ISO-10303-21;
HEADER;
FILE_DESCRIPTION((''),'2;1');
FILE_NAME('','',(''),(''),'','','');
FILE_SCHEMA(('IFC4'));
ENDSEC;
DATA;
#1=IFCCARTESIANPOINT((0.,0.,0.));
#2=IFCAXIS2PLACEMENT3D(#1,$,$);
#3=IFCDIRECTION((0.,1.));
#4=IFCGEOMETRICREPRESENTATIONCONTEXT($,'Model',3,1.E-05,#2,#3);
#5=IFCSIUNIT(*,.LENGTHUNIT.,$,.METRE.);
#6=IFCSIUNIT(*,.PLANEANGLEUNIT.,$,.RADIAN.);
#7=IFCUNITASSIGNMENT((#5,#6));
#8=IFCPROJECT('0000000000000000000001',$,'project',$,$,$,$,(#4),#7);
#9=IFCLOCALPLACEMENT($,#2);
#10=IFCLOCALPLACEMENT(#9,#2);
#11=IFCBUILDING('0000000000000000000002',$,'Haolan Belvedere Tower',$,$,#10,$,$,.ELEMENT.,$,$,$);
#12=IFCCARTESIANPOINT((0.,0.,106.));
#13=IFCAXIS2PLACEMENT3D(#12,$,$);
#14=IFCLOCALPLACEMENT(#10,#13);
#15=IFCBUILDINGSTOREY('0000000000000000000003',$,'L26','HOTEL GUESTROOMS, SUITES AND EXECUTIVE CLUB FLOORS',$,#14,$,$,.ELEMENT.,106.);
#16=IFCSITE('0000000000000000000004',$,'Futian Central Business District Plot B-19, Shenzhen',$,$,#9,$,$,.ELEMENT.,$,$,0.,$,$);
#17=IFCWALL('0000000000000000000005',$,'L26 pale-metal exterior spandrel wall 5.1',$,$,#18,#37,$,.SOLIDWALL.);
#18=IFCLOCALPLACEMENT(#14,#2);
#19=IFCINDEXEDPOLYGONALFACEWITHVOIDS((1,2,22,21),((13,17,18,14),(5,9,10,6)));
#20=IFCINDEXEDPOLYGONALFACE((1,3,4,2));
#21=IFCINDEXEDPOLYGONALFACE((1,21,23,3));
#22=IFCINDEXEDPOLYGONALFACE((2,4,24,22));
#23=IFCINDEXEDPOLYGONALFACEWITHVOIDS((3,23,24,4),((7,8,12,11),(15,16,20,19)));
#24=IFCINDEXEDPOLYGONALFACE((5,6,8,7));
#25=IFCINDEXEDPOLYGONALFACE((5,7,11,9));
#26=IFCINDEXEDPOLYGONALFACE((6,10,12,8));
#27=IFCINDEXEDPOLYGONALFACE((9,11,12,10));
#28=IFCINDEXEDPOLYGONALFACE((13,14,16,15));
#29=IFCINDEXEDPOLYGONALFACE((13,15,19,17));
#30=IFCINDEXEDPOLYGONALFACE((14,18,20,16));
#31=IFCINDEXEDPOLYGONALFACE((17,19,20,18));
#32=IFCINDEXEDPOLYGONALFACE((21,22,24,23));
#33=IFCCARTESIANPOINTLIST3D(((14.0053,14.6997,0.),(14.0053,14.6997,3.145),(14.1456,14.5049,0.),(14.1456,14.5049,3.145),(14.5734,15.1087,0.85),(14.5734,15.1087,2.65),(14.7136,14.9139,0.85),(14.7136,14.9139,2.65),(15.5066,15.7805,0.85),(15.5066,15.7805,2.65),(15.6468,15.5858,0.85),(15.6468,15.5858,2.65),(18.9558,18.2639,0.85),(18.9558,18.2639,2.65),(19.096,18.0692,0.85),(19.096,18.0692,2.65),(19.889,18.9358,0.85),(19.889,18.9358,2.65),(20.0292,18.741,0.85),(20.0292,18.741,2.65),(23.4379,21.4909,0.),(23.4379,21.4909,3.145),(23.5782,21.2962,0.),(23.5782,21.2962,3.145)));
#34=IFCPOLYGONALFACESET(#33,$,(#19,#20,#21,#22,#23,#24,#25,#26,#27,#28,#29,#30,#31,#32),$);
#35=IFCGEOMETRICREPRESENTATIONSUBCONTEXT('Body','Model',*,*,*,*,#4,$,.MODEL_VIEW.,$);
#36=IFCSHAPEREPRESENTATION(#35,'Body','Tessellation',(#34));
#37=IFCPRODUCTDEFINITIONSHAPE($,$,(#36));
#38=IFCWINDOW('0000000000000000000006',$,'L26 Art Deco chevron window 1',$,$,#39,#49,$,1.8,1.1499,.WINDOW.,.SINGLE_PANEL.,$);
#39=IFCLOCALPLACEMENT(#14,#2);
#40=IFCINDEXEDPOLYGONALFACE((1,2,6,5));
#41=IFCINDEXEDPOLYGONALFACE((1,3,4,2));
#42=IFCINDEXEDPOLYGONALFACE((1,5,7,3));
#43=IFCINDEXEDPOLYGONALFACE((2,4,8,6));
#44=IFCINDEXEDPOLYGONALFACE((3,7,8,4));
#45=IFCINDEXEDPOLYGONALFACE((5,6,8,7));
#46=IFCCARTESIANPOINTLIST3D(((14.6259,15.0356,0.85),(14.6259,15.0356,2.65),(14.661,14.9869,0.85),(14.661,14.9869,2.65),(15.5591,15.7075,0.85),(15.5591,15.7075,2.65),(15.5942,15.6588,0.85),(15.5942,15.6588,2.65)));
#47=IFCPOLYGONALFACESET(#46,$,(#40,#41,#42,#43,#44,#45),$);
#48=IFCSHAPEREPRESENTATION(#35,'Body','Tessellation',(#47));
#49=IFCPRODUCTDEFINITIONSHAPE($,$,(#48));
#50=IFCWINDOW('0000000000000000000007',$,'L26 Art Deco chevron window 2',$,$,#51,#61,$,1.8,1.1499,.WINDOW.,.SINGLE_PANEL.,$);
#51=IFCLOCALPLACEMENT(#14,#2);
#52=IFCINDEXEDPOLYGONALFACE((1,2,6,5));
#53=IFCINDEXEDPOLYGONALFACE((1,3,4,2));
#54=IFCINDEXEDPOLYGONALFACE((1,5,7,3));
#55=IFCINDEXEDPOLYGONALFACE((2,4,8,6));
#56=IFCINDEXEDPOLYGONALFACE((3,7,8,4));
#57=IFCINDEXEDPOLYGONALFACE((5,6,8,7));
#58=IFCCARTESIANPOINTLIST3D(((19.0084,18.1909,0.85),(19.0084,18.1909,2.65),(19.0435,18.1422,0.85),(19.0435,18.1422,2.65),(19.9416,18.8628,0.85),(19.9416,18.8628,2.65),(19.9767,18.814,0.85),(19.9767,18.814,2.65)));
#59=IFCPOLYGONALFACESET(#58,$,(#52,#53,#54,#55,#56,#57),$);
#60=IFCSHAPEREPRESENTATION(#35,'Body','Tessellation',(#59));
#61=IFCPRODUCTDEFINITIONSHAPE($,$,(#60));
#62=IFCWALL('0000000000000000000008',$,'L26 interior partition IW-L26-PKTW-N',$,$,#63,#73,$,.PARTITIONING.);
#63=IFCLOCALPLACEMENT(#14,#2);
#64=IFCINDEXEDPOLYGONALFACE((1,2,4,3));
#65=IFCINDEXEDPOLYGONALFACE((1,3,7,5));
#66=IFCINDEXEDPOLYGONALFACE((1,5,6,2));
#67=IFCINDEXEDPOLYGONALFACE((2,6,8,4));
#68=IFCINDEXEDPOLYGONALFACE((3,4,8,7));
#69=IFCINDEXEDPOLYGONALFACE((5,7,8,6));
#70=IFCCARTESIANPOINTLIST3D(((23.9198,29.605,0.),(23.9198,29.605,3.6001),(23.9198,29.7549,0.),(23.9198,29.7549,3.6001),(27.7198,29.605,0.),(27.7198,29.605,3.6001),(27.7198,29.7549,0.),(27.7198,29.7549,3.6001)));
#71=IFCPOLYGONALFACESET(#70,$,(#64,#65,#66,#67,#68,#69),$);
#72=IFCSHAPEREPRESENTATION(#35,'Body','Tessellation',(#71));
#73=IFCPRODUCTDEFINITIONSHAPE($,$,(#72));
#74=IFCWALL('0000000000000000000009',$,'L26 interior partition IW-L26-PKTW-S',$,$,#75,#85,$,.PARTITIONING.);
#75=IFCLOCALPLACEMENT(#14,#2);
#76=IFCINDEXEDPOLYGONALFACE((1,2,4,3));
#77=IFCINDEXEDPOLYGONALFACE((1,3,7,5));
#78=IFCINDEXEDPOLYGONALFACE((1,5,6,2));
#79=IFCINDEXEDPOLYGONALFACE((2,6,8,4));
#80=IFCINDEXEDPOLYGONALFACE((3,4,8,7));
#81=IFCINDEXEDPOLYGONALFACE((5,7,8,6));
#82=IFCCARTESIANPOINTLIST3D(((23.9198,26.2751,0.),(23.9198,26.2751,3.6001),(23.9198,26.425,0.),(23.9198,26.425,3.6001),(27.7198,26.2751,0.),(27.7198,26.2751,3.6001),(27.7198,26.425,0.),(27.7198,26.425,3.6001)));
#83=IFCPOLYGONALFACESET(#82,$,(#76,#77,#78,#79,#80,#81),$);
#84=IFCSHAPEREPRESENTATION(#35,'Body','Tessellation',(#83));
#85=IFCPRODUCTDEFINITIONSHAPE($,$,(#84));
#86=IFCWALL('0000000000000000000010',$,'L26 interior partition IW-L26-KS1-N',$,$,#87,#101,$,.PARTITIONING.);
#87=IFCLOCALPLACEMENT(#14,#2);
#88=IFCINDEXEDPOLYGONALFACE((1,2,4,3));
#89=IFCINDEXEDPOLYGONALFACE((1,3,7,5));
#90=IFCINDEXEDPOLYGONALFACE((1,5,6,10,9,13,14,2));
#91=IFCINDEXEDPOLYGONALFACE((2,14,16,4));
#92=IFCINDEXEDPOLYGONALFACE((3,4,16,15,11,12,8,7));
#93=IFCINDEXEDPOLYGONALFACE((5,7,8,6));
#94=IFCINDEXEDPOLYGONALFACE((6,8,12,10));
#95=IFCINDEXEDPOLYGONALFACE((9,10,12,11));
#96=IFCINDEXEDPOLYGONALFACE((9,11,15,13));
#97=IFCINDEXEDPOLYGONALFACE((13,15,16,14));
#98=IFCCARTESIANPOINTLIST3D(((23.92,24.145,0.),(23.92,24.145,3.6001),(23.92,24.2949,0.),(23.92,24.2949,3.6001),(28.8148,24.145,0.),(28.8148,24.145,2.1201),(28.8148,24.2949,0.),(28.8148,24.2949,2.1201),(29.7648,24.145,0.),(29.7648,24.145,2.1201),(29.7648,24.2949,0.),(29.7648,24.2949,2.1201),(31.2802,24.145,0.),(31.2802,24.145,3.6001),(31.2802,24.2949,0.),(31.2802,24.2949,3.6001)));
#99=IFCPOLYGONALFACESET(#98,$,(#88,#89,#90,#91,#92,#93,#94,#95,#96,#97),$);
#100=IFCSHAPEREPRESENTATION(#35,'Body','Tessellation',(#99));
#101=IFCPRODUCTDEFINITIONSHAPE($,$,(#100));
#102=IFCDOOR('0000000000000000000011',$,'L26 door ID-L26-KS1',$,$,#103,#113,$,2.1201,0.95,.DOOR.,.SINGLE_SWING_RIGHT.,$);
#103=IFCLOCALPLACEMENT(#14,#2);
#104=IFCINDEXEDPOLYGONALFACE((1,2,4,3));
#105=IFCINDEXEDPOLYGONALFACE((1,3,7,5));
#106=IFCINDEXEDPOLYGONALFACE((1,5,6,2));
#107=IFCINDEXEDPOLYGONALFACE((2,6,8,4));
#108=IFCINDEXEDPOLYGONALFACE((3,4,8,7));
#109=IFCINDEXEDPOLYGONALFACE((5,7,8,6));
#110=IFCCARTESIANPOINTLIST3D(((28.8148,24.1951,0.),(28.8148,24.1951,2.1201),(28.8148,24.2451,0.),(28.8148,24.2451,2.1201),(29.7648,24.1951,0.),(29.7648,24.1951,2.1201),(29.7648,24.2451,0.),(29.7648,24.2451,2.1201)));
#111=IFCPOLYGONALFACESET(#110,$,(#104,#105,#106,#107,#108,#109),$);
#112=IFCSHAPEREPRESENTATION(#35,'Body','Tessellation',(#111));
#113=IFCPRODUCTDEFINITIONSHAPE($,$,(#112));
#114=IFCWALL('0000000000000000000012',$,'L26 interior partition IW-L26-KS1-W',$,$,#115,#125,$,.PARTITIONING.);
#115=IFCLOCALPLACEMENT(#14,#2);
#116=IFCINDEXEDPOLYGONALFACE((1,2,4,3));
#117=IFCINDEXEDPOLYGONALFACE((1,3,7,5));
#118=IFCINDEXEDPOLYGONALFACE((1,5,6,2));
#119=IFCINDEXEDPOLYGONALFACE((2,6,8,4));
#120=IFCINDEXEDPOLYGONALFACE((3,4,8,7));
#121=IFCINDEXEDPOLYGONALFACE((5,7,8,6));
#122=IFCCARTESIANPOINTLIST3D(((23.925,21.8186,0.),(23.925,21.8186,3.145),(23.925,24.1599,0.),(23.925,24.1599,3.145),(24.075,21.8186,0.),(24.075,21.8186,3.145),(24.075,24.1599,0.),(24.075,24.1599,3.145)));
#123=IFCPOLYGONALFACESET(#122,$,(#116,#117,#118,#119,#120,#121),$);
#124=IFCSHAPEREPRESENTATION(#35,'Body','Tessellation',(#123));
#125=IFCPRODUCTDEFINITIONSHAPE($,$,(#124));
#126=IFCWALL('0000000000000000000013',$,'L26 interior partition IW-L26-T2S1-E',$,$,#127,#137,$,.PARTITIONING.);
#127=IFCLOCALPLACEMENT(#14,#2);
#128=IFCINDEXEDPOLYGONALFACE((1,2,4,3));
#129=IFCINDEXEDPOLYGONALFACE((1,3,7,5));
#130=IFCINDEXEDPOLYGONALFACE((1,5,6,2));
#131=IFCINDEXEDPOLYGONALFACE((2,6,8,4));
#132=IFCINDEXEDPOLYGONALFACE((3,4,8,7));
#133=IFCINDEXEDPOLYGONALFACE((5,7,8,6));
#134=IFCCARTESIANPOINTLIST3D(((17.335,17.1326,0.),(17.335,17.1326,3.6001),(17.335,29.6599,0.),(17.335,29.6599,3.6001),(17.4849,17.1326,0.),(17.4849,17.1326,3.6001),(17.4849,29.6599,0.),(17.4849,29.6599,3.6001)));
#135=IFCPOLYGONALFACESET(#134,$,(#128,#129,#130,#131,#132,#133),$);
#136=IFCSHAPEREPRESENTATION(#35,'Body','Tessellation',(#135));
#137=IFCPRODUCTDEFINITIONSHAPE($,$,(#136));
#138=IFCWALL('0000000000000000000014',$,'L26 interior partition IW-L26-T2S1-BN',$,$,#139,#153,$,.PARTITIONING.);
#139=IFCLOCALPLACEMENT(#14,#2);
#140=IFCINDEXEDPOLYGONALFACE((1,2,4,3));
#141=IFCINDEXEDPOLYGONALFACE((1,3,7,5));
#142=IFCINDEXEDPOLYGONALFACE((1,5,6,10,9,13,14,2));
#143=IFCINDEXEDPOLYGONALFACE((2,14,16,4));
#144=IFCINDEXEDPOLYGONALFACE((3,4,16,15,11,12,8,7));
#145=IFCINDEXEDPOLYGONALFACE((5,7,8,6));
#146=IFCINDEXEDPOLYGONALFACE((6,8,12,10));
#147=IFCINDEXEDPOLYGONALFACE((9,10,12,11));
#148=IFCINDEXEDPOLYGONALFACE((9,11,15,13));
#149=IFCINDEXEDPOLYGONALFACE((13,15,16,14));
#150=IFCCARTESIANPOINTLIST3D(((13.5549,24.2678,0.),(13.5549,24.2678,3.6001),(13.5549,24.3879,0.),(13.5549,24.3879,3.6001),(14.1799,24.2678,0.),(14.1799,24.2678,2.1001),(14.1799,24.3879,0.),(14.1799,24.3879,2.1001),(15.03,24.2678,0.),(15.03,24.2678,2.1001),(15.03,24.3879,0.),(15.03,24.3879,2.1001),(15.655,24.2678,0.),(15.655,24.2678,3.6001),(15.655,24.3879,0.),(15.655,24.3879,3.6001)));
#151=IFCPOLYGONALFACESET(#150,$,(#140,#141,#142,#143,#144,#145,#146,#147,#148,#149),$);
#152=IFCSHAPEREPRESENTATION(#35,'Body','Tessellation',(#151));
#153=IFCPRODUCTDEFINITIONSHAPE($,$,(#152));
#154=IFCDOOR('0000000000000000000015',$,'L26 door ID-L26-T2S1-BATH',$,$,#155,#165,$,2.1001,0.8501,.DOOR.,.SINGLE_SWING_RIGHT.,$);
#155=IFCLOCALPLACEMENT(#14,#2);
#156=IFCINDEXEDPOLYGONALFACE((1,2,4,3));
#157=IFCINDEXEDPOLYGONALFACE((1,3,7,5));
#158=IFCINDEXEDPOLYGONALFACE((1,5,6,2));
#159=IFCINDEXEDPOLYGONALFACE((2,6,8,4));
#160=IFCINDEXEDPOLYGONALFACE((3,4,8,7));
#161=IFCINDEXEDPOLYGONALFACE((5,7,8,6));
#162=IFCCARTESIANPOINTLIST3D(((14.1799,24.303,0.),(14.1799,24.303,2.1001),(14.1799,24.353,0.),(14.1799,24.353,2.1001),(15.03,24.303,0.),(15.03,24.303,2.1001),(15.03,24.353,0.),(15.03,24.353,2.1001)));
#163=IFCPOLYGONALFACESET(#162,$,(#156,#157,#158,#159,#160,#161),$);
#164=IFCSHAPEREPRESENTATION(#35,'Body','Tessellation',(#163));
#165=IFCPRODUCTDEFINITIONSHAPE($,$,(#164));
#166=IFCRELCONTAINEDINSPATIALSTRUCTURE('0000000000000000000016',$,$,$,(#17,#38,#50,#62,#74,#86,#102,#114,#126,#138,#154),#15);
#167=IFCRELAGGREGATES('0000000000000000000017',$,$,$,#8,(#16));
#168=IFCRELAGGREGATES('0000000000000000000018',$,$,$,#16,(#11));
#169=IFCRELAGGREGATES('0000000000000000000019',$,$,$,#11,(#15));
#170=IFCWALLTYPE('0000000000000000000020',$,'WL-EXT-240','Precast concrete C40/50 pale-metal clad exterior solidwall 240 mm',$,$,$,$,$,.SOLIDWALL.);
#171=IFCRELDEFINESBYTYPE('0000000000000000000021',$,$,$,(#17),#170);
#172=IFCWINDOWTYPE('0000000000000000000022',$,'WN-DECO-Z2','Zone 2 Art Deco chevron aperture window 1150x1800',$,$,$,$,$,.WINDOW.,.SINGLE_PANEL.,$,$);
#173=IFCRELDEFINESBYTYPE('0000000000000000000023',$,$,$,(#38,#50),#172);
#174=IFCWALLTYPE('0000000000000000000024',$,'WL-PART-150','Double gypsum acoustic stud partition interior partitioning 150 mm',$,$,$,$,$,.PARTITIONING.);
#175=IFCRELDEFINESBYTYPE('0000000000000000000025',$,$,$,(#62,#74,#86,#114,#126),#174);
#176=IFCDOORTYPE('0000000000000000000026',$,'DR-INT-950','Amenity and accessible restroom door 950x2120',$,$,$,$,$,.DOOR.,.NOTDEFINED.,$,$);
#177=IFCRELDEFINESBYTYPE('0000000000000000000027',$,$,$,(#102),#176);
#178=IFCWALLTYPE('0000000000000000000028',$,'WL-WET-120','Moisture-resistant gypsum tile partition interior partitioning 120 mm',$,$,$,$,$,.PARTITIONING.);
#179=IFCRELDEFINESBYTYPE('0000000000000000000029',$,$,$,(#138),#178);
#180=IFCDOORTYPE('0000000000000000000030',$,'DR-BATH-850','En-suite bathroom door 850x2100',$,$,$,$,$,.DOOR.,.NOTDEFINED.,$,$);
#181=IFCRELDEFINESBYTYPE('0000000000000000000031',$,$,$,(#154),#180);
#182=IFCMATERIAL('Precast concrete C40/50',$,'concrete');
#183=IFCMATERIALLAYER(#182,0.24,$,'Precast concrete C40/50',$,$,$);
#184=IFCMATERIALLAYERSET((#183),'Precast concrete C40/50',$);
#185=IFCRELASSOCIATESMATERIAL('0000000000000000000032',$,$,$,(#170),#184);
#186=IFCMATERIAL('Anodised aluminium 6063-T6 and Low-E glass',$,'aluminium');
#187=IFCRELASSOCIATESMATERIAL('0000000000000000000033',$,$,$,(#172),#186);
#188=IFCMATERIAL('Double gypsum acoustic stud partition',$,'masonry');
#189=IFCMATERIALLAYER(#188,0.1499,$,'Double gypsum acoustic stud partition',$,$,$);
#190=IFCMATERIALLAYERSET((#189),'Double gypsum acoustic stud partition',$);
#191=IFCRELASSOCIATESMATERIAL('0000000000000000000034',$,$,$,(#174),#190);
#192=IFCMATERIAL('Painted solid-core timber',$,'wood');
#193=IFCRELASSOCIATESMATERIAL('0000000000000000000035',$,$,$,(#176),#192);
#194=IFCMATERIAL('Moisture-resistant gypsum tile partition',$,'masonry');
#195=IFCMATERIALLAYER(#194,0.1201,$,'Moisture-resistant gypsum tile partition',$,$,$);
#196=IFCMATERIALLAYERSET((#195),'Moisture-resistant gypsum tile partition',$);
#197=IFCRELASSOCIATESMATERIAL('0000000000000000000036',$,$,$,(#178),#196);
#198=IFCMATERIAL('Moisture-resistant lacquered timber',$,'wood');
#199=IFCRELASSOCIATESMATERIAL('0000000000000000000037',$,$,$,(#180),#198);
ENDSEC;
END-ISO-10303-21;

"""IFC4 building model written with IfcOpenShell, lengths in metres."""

from ifc_helpers import new_model, si_unit, direction, frame, frame_2d, origin, place, context, subcontext, project, spatial, rectangle, extrude, material, layer, layer_set, type_object, element, fill, save


model = new_model("IFC4")

# Units and contexts
model_context = context("Model", 3, precision=1e-05, world=origin(), true_north=direction((0.0, 1.0)))
body_context = subcontext(model_context, "Body", "Model", "MODEL_VIEW")
ifc_project = project(units=[si_unit("LENGTHUNIT", "METRE"), si_unit("PLANEANGLEUNIT", "RADIAN")], contexts=[model_context])

# Site, building, storey
site_placement = place(None, origin())
site = spatial("IfcSite", under=ifc_project, at=site_placement, Name="Futian Central Business District Plot B-19, Shenzhen", CompositionType="ELEMENT", RefElevation=0.0)
building_placement = place(site_placement, origin())
building = spatial("IfcBuilding", under=site, at=building_placement, Name="Haolan Belvedere Tower", CompositionType="ELEMENT")
storey_placement = place(building_placement, frame((0.0, 0.0, 106.0)))
storey = spatial("IfcBuildingStorey", under=building, at=storey_placement, Name="L26", Description="HOTEL GUESTROOMS, SUITES AND EXECUTIVE CLUB FLOORS", CompositionType="ELEMENT", Elevation=106.0)

# Shared definitions
ifc_material_1 = material(Name="Precast concrete C40/50", Category="concrete")
ifc_layer_1 = layer(ifc_material_1, 0.24, Name="Precast concrete C40/50")
ifc_layer_set_1 = layer_set([ifc_layer_1], Name="Precast concrete C40/50")
wall_type_1 = type_object("IfcWallType", Name="WL-EXT-240", Description="Precast concrete C40/50 pale-metal clad exterior solidwall 240 mm", PredefinedType="SOLIDWALL", material=ifc_layer_set_1)

# Wall, openings, windows
wall_1_placement = place(storey_placement, frame((14.0754, 14.6023, 0.0), z_axis=(0.0, 0.0, 1.0), x_axis=(0.811544, 0.584292, 0.0)))
wall_1 = element("IfcWall", 1, at=wall_1_placement, inside=storey, type_object=wall_type_1, Name="L26 pale-metal exterior spandrel wall 5.1", PredefinedType="SOLIDWALL", context=body_context, shape_type="SweptSolid", body=[
    extrude(rectangle(XDim=11.623, YDim=0.24, at=frame_2d((5.8115, 0.0))), origin(), (0.0, 0.0, 1.0), 3.145),
])
opening_1_placement = place(wall_1_placement, frame((0.7, 0.0, 0.8501)))
opening_1 = element("IfcOpeningElement", 2, at=opening_1_placement, cuts=wall_1, PredefinedType="OPENING", context=body_context, shape_type="SweptSolid", body=[
    extrude(rectangle(XDim=1.1499, YDim=1.8, at=frame_2d((0.575, 0.8999))), frame((0.0, 0.1299, 0.0), z_axis=(0.0, -1.0, 0.0), x_axis=(1.0, 0.0, 0.0)), (0.0, 0.0, 1.0), 0.26),
])
opening_2_placement = place(wall_1_placement, frame((6.1001, 0.0, 0.8501)))
opening_2 = element("IfcOpeningElement", 3, at=opening_2_placement, cuts=wall_1, PredefinedType="OPENING", context=body_context, shape_type="SweptSolid", body=[
    extrude(rectangle(XDim=1.1499, YDim=1.8, at=frame_2d((0.575, 0.8999))), frame((0.0, 0.1299, 0.0), z_axis=(0.0, -1.0, 0.0), x_axis=(1.0, 0.0, 0.0)), (0.0, 0.0, 1.0), 0.26),
])
ifc_material_2 = material(Name="Anodised aluminium 6063-T6 and Low-E glass", Category="aluminium")
window_type = type_object("IfcWindowType", Name="WN-DECO-Z2", Description="Zone 2 Art Deco chevron aperture window 1150x1800", PartitioningType="SINGLE_PANEL", PredefinedType="WINDOW", material=ifc_material_2)
window_1_placement = place(opening_1_placement, origin())
window_1 = element("IfcWindow", 4, at=window_1_placement, inside=storey, type_object=window_type, Name="L26 Art Deco chevron window 1", OverallHeight=1.8, OverallWidth=1.1499, PartitioningType="SINGLE_PANEL", PredefinedType="WINDOW", context=body_context, shape_type="SweptSolid", body=[
    extrude(rectangle(XDim=1.1499, YDim=1.8, at=frame_2d((0.575, 0.8999))), frame((0.0, 0.03, 0.0), z_axis=(0.0, -1.0, 0.0), x_axis=(1.0, 0.0, 0.0)), (0.0, 0.0, 1.0), 0.0601),
])
fill(opening_1, window_1)
window_2_placement = place(opening_2_placement, origin())
window_2 = element("IfcWindow", 5, at=window_2_placement, inside=storey, type_object=window_type, Name="L26 Art Deco chevron window 2", OverallHeight=1.8, OverallWidth=1.1499, PartitioningType="SINGLE_PANEL", PredefinedType="WINDOW", context=body_context, shape_type="SweptSolid", body=[
    extrude(rectangle(XDim=1.1499, YDim=1.8, at=frame_2d((0.575, 0.8999))), frame((0.0, 0.03, 0.0), z_axis=(0.0, -1.0, 0.0), x_axis=(1.0, 0.0, 0.0)), (0.0, 0.0, 1.0), 0.0601),
])
fill(opening_2, window_2)

# Walls
ifc_material_3 = material(Name="Double gypsum acoustic stud partition", Category="masonry")
ifc_layer_2 = layer(ifc_material_3, 0.1499, Name="Double gypsum acoustic stud partition")
ifc_layer_set_2 = layer_set([ifc_layer_2], Name="Double gypsum acoustic stud partition")
wall_type_2 = type_object("IfcWallType", Name="WL-PART-150", Description="Double gypsum acoustic stud partition interior partitioning 150 mm", PredefinedType="PARTITIONING", material=ifc_layer_set_2)
for number, where, z_axis, x_axis, name in (
    (6, (23.9199, 29.6799, 0.0), (0.0, 0.0, 1.0), (1.0, 0.0, 0.0), "L26 interior partition IW-L26-PKTW-N"),
    (7, (23.9199, 26.3501, 0.0), (0.0, 0.0, 1.0), (1.0, 0.0, 0.0), "L26 interior partition IW-L26-PKTW-S"),
):
    element("IfcWall", number, at=place(storey_placement, frame(where, z_axis=z_axis, x_axis=x_axis)), inside=storey, type_object=wall_type_2, Name=name, PredefinedType="PARTITIONING", context=body_context, shape_type="SweptSolid", body=[
        extrude(rectangle(XDim=3.8, YDim=0.1499, at=frame_2d((1.8999, 0.0))), origin(), (0.0, 0.0, 1.0), 3.6001),
    ])

# Wall, opening, door
wall_2_placement = place(storey_placement, frame((23.9199, 24.22, 0.0), z_axis=(0.0, 0.0, 1.0), x_axis=(1.0, 0.0, 0.0)))
wall_2 = element("IfcWall", 8, at=wall_2_placement, inside=storey, type_object=wall_type_2, Name="L26 interior partition IW-L26-KS1-N", PredefinedType="PARTITIONING", context=body_context, shape_type="SweptSolid", body=[
    extrude(rectangle(XDim=7.3601, YDim=0.1499, at=frame_2d((3.6802, 0.0))), origin(), (0.0, 0.0, 1.0), 3.6001),
])
opening_3_placement = place(wall_2_placement, frame((5.845, 0.0, 0.0), z_axis=(0.0, 0.0, 1.0), x_axis=(-1.0, 0.0, 0.0)))
opening_3 = element("IfcOpeningElement", 9, at=opening_3_placement, cuts=wall_2, PredefinedType="OPENING", context=body_context, shape_type="SweptSolid", body=[
    extrude(rectangle(XDim=0.95, YDim=2.1201, at=frame_2d((0.4751, 1.0601))), frame((0.0, 0.085, 0.0), z_axis=(0.0, -1.0, 0.0), x_axis=(1.0, 0.0, 0.0)), (0.0, 0.0, 1.0), 0.1699),
])
ifc_material_4 = material(Name="Painted solid-core timber", Category="wood")
door_type_1 = type_object("IfcDoorType", Name="DR-INT-950", Description="Amenity and accessible restroom door 950x2120", OperationType="NOTDEFINED", PredefinedType="DOOR", material=ifc_material_4)
door_1_placement = place(opening_3_placement, origin())
door_1 = element("IfcDoor", 10, at=door_1_placement, inside=storey, type_object=door_type_1, Name="L26 door ID-L26-KS1", OperationType="SINGLE_SWING_RIGHT", OverallHeight=2.1201, OverallWidth=0.95, PredefinedType="DOOR", context=body_context, shape_type="SweptSolid", body=[
    extrude(rectangle(XDim=0.95, YDim=2.1201, at=frame_2d((0.4751, 1.0601))), frame((0.0, 0.0249, 0.0), z_axis=(0.0, -1.0, 0.0), x_axis=(1.0, 0.0, 0.0)), (0.0, 0.0, 1.0), 0.05),
])
fill(opening_3, door_1)

# Walls
wall_3_placement = place(storey_placement, frame((24.0, 21.8186, 0.0), z_axis=(0.0, 0.0, 1.0), x_axis=(0.0, 1.0, 0.0)))
element("IfcWall", 11, at=wall_3_placement, inside=storey, type_object=wall_type_2, Name="L26 interior partition IW-L26-KS1-W", PredefinedType="PARTITIONING", context=body_context, shape_type="SweptSolid", body=[
    extrude(rectangle(XDim=2.3413, YDim=0.1499, at=frame_2d((1.1707, 0.0))), origin(), (0.0, 0.0, 1.0), 3.145),
])
wall_4_placement = place(storey_placement, frame((17.4099, 17.1326, 0.0), z_axis=(0.0, 0.0, 1.0), x_axis=(0.0, 1.0, 0.0)))
element("IfcWall", 12, at=wall_4_placement, inside=storey, type_object=wall_type_2, Name="L26 interior partition IW-L26-T2S1-E", PredefinedType="PARTITIONING", context=body_context, shape_type="SweptSolid", body=[
    extrude(rectangle(XDim=12.5273, YDim=0.1499, at=frame_2d((6.2637, 0.0))), origin(), (0.0, 0.0, 1.0), 3.6001),
])

# Wall, opening, door
ifc_material_5 = material(Name="Moisture-resistant gypsum tile partition", Category="masonry")
ifc_layer_3 = layer(ifc_material_5, 0.1201, Name="Moisture-resistant gypsum tile partition")
ifc_layer_set_3 = layer_set([ifc_layer_3], Name="Moisture-resistant gypsum tile partition")
wall_type_3 = type_object("IfcWallType", Name="WL-WET-120", Description="Moisture-resistant gypsum tile partition interior partitioning 120 mm", PredefinedType="PARTITIONING", material=ifc_layer_set_3)
wall_5_placement = place(storey_placement, frame((13.5549, 24.3279, 0.0), z_axis=(0.0, 0.0, 1.0), x_axis=(1.0, 0.0, 0.0)))
wall_5 = element("IfcWall", 13, at=wall_5_placement, inside=storey, type_object=wall_type_3, Name="L26 interior partition IW-L26-T2S1-BN", PredefinedType="PARTITIONING", context=body_context, shape_type="SweptSolid", body=[
    extrude(rectangle(XDim=2.1001, YDim=0.1201, at=frame_2d((1.05, 0.0))), origin(), (0.0, 0.0, 1.0), 3.6001),
])
opening_4_placement = place(wall_5_placement, frame((1.4751, 0.0, 0.0), z_axis=(0.0, 0.0, 1.0), x_axis=(-1.0, 0.0, 0.0)))
opening_4 = element("IfcOpeningElement", 14, at=opening_4_placement, cuts=wall_5, PredefinedType="OPENING", context=body_context, shape_type="SweptSolid", body=[
    extrude(rectangle(XDim=0.8501, YDim=2.1001, at=frame_2d((0.425, 1.05))), frame((0.0, 0.0701, 0.0), z_axis=(0.0, -1.0, 0.0), x_axis=(1.0, 0.0, 0.0)), (0.0, 0.0, 1.0), 0.1401),
])
ifc_material_6 = material(Name="Moisture-resistant lacquered timber", Category="wood")
door_type_2 = type_object("IfcDoorType", Name="DR-BATH-850", Description="En-suite bathroom door 850x2100", OperationType="NOTDEFINED", PredefinedType="DOOR", material=ifc_material_6)
door_2_placement = place(opening_4_placement, origin())
door_2 = element("IfcDoor", 15, at=door_2_placement, inside=storey, type_object=door_type_2, Name="L26 door ID-L26-T2S1-BATH", OperationType="SINGLE_SWING_RIGHT", OverallHeight=2.1001, OverallWidth=0.8501, PredefinedType="DOOR", context=body_context, shape_type="SweptSolid", body=[
    extrude(rectangle(XDim=0.8501, YDim=2.1001, at=frame_2d((0.425, 1.05))), frame((0.0, 0.0249, 0.0), z_axis=(0.0, -1.0, 0.0), x_axis=(1.0, 0.0, 0.0)), (0.0, 0.0, 1.0), 0.05),
])
fill(opening_4, door_2)

save(model, "model.ifc")
